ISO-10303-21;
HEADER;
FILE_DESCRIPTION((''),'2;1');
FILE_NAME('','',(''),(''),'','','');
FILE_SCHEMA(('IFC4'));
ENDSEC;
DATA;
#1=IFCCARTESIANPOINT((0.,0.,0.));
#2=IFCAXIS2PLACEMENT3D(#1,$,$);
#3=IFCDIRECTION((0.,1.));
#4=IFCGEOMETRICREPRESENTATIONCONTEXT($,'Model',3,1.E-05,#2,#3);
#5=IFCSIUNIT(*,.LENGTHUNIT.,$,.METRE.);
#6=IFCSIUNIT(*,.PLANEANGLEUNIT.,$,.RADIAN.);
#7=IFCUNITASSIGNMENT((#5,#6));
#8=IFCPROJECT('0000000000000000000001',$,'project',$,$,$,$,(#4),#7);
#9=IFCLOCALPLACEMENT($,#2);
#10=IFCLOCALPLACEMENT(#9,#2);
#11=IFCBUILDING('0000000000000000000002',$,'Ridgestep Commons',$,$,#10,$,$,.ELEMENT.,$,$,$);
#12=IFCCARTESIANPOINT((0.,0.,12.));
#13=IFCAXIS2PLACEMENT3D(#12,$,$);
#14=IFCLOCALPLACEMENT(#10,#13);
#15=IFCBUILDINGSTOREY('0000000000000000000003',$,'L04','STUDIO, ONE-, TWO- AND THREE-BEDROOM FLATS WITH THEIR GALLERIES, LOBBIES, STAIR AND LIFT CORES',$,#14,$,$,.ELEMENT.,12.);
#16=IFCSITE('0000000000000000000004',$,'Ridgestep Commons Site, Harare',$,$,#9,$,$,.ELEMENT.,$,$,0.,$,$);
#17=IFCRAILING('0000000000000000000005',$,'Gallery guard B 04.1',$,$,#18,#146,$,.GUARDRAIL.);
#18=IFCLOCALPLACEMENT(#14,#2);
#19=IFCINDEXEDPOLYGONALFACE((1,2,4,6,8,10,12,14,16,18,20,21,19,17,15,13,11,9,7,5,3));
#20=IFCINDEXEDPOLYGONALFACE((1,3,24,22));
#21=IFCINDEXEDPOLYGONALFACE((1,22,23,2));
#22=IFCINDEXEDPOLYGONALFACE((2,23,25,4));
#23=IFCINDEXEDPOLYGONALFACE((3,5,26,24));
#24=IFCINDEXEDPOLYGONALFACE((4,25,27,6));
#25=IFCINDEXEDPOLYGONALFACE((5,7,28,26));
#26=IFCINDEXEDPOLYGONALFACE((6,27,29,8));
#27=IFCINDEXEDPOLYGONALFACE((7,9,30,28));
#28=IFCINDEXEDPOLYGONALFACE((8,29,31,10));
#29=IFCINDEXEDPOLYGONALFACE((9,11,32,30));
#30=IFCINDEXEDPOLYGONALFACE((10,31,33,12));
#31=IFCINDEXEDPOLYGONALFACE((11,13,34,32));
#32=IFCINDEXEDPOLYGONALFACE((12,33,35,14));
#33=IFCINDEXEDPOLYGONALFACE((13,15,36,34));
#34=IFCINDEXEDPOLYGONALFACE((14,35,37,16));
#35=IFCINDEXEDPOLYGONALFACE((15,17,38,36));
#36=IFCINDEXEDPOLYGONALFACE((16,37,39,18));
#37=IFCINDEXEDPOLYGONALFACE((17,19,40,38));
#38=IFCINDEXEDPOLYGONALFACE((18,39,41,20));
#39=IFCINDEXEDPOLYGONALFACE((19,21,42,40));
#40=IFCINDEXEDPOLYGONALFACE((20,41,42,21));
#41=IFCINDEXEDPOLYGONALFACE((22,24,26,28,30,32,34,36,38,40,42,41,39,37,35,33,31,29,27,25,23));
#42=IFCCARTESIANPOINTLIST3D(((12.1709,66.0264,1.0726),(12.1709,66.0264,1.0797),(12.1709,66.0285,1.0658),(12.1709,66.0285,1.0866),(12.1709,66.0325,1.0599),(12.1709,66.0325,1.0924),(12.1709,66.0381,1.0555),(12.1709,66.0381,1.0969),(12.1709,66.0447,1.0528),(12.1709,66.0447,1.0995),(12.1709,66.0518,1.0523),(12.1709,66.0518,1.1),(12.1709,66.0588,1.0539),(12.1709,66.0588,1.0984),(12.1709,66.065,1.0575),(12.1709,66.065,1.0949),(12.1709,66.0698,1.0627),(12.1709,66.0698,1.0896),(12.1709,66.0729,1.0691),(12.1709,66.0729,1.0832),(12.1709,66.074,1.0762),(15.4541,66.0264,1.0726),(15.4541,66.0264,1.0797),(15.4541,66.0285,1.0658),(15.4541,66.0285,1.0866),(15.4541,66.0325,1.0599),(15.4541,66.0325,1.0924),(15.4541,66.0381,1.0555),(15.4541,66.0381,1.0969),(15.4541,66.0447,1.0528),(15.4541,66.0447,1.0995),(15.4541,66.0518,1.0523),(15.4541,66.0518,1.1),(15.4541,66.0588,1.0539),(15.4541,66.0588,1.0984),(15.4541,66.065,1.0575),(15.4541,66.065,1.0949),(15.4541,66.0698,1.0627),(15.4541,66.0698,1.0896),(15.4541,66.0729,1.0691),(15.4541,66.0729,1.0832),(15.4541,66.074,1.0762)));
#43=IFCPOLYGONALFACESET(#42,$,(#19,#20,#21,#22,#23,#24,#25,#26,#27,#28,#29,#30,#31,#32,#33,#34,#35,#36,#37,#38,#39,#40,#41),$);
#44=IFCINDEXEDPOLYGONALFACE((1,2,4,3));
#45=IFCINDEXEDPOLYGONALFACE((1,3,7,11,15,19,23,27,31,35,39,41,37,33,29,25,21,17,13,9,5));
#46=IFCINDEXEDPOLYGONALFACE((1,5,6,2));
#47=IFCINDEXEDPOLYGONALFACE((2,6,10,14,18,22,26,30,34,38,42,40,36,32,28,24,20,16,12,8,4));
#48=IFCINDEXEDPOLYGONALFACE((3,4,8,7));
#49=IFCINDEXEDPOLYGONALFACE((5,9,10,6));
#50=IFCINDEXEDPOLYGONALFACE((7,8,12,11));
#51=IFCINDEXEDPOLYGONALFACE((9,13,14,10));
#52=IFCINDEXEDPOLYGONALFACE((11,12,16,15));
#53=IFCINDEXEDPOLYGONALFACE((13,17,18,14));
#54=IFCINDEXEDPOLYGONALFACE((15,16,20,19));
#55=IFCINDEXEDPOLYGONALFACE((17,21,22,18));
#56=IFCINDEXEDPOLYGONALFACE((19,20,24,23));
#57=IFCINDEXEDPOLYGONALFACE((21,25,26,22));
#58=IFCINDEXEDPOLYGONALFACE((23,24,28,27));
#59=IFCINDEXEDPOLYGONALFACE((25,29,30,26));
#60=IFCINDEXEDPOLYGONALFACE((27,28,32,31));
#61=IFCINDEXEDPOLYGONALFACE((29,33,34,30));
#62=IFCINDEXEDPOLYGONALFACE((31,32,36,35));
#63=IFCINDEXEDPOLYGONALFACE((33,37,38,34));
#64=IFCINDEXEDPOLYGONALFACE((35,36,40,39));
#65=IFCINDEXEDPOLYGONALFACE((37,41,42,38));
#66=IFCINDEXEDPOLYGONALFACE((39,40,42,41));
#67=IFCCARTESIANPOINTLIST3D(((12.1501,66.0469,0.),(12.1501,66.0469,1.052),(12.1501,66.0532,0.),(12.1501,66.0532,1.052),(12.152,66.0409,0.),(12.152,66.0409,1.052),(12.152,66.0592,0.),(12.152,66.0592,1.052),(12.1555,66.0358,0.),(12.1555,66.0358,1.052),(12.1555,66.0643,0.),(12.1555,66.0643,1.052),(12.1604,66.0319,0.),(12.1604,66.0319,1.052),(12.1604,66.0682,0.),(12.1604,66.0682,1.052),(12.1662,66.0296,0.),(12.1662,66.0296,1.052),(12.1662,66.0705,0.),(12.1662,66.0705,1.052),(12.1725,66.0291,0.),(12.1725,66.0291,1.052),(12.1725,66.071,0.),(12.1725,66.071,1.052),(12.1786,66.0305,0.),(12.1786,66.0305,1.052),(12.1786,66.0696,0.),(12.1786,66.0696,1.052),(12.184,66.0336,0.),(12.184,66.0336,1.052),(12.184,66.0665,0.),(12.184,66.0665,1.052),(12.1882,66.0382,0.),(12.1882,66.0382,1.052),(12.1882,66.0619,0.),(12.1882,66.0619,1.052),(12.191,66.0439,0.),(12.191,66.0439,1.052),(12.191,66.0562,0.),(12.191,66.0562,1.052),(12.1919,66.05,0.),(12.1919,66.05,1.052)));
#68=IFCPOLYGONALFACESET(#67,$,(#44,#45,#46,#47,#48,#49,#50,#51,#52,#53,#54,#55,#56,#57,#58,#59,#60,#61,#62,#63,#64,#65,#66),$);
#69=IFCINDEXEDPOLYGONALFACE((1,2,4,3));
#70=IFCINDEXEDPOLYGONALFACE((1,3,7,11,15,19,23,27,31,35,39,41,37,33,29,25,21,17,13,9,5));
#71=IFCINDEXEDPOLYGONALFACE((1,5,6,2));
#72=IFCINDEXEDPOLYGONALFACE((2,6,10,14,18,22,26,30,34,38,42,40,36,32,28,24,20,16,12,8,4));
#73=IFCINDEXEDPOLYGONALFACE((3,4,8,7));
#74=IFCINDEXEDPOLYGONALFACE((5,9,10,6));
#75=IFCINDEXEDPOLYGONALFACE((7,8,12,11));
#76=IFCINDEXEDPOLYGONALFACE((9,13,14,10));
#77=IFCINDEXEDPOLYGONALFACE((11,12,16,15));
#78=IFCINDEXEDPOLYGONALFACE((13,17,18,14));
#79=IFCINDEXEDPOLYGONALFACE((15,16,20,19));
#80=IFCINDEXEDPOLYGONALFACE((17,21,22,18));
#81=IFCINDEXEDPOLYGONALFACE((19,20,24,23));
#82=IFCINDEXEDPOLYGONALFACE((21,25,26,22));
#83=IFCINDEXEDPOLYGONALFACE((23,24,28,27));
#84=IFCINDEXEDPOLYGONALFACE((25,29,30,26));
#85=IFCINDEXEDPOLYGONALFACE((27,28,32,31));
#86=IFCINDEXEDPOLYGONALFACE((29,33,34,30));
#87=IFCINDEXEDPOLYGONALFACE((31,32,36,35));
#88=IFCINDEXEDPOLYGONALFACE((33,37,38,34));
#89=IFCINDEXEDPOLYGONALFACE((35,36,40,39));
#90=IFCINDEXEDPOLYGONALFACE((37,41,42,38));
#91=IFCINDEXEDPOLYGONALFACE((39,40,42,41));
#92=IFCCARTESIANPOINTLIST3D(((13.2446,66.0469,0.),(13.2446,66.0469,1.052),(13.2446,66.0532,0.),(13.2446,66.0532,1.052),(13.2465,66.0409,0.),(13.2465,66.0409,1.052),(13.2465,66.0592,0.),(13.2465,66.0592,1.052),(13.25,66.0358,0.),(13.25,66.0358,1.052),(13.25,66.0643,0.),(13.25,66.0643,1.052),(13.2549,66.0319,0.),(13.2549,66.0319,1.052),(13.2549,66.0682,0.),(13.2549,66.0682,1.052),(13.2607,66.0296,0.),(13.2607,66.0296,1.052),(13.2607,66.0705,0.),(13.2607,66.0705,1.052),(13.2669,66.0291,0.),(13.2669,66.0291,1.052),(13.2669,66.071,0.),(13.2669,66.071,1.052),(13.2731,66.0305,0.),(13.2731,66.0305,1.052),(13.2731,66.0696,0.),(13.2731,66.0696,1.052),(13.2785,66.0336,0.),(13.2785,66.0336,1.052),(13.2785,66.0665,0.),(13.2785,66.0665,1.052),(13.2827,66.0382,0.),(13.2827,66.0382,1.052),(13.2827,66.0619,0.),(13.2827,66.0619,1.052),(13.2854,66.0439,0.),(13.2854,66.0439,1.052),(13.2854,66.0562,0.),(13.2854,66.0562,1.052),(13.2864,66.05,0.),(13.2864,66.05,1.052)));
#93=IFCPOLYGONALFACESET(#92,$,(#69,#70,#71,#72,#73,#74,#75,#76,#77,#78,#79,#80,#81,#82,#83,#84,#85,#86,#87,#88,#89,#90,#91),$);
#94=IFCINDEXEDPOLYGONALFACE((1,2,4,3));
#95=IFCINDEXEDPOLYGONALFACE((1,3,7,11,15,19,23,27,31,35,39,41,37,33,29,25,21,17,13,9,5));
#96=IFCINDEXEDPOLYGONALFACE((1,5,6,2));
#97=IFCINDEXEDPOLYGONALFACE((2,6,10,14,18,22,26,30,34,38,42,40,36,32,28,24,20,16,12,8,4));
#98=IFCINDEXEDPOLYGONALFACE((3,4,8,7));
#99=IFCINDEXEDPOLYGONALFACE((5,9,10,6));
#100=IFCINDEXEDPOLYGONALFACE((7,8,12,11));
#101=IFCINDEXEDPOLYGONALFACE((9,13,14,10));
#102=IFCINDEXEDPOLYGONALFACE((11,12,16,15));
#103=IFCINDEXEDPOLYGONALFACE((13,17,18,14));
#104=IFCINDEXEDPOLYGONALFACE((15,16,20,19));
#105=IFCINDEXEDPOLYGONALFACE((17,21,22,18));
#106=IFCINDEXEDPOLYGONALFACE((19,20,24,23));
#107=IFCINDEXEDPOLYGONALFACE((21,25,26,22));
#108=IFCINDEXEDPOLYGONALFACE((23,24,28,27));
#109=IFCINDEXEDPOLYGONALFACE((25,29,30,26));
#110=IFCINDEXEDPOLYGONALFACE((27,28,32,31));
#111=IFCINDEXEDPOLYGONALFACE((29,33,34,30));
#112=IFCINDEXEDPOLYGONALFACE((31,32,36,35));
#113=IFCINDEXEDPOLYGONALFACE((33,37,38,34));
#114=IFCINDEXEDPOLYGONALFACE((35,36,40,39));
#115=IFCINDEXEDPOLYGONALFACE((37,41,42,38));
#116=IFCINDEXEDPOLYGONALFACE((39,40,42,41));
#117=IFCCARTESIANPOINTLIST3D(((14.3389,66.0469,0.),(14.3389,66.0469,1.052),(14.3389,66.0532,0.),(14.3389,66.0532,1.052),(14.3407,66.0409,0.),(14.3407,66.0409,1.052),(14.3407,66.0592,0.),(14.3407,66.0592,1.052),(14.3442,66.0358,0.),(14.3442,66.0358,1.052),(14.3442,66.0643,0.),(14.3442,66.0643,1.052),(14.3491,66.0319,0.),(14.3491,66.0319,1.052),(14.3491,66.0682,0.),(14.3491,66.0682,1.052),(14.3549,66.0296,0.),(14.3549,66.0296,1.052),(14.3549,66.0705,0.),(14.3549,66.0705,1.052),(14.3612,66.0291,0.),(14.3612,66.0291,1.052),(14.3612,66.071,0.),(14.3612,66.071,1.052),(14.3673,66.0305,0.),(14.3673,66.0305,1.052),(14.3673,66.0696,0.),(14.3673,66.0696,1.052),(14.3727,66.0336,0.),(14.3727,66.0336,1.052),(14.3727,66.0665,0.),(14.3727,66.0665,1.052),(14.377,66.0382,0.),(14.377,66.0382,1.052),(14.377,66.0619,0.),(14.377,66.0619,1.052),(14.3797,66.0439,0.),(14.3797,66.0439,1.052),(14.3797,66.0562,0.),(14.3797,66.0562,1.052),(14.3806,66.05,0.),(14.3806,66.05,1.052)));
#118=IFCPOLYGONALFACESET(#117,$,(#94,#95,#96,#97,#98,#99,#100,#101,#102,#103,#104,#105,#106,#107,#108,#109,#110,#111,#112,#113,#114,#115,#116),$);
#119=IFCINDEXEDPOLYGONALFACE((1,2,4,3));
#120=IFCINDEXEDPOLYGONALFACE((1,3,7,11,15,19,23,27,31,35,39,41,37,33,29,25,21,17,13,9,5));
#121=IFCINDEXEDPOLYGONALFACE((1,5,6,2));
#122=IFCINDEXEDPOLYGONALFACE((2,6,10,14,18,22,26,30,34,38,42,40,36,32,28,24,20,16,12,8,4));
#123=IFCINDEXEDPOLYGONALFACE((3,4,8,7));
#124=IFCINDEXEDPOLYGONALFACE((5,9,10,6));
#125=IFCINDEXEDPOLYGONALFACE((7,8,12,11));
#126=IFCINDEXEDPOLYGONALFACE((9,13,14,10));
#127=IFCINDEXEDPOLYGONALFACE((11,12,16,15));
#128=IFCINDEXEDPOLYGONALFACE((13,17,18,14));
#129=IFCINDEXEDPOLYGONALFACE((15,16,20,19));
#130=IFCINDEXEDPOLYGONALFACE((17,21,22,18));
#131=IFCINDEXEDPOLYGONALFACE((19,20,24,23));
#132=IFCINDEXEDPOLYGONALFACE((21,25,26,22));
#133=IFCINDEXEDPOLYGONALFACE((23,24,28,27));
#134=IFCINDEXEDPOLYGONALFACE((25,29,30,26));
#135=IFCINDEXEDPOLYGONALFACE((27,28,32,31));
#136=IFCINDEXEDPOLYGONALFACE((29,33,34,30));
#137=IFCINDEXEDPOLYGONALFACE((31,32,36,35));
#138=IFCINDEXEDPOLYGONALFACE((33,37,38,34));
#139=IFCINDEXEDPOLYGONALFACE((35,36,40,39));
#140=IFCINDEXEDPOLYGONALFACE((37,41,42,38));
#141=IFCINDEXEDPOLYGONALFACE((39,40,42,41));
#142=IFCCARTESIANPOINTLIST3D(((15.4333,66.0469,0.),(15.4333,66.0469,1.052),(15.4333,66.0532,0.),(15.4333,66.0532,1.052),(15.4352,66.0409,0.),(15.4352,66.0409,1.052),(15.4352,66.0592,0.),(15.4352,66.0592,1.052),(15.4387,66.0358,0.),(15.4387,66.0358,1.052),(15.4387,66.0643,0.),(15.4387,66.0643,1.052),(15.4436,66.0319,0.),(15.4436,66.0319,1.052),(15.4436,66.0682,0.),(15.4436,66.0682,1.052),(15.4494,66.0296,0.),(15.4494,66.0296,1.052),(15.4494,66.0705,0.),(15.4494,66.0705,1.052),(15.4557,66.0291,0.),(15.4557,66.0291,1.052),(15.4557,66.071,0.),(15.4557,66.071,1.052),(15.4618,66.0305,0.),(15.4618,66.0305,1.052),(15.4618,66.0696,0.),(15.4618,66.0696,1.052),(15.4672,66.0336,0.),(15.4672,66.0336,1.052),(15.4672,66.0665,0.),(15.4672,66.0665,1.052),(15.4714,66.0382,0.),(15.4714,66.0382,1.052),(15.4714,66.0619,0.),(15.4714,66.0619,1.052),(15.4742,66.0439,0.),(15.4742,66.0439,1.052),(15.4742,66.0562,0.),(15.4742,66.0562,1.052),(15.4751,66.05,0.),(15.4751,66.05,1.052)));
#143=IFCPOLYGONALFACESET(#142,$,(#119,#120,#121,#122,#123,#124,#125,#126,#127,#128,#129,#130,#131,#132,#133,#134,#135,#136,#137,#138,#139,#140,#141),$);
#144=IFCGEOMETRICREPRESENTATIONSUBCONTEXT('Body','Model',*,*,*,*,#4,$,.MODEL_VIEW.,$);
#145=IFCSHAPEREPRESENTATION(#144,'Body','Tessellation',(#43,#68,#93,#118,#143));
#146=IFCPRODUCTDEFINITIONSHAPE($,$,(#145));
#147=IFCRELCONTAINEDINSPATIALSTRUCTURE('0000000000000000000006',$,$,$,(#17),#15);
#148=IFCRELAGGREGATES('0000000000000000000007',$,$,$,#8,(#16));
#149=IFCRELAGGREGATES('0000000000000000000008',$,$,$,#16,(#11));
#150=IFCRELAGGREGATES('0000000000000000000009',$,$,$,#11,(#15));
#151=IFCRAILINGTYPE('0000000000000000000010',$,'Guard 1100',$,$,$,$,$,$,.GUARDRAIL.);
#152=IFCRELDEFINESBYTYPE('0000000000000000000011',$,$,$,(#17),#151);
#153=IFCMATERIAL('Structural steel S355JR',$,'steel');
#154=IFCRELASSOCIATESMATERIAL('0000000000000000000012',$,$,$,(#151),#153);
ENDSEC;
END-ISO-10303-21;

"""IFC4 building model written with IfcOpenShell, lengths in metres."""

from ifc_helpers import new_model, si_unit, direction, frame, origin, origin_2d, place, context, subcontext, project, spatial, circle, extrude, material, type_object, element, save


model = new_model("IFC4")

# Units and contexts
model_context = context("Model", 3, precision=1e-05, world=origin(), true_north=direction((0.0, 1.0)))
body_context = subcontext(model_context, "Body", "Model", "MODEL_VIEW")
ifc_project = project(units=[si_unit("LENGTHUNIT", "METRE"), si_unit("PLANEANGLEUNIT", "RADIAN")], contexts=[model_context])

# Site, building, storey
site_placement = place(None, origin())
site = spatial("IfcSite", under=ifc_project, at=site_placement, Name="Ridgestep Commons Site, Harare", CompositionType="ELEMENT", RefElevation=0.0)
building_placement = place(site_placement, origin())
building = spatial("IfcBuilding", under=site, at=building_placement, Name="Ridgestep Commons", CompositionType="ELEMENT")
storey_placement = place(building_placement, frame((0.0, 0.0, 12.0)))
storey = spatial("IfcBuildingStorey", under=building, at=storey_placement, Name="L04", Description="STUDIO, ONE-, TWO- AND THREE-BEDROOM FLATS WITH THEIR GALLERIES, LOBBIES, STAIR AND LIFT CORES", CompositionType="ELEMENT", Elevation=12.0)

# Railing
ifc_material_1 = material(Name="Structural steel S355JR", Category="steel")
railing_type = type_object("IfcRailingType", Name="Guard 1100", PredefinedType="GUARDRAIL", material=ifc_material_1)
railing_1_placement = place(storey_placement, frame((12.1709, 66.05, 0.0)))
element("IfcRailing", 1, at=railing_1_placement, inside=storey, type_object=railing_type, Name="Gallery guard B 04.1", PredefinedType="GUARDRAIL", context=body_context, shape_type="SweptSolid", body=[
    extrude(circle(Radius=0.0239, at=origin_2d()), frame((0.0, 0.0, 1.0762), z_axis=(1.0, 0.0, 0.0), x_axis=(0.0, 1.0, 0.0)), (0.0, 0.0, 1.0), 3.2832),
    extrude(circle(Radius=0.021, at=origin_2d()), origin(), (0.0, 0.0, 1.0), 1.052),
    extrude(circle(Radius=0.021, at=origin_2d()), frame((1.0945, 0.0, 0.0)), (0.0, 0.0, 1.0), 1.052),
    extrude(circle(Radius=0.021, at=origin_2d()), frame((2.1887, 0.0, 0.0)), (0.0, 0.0, 1.0), 1.052),
    extrude(circle(Radius=0.021, at=origin_2d()), frame((3.2832, 0.0, 0.0)), (0.0, 0.0, 1.0), 1.052),
])

save(model, "model.ifc")
